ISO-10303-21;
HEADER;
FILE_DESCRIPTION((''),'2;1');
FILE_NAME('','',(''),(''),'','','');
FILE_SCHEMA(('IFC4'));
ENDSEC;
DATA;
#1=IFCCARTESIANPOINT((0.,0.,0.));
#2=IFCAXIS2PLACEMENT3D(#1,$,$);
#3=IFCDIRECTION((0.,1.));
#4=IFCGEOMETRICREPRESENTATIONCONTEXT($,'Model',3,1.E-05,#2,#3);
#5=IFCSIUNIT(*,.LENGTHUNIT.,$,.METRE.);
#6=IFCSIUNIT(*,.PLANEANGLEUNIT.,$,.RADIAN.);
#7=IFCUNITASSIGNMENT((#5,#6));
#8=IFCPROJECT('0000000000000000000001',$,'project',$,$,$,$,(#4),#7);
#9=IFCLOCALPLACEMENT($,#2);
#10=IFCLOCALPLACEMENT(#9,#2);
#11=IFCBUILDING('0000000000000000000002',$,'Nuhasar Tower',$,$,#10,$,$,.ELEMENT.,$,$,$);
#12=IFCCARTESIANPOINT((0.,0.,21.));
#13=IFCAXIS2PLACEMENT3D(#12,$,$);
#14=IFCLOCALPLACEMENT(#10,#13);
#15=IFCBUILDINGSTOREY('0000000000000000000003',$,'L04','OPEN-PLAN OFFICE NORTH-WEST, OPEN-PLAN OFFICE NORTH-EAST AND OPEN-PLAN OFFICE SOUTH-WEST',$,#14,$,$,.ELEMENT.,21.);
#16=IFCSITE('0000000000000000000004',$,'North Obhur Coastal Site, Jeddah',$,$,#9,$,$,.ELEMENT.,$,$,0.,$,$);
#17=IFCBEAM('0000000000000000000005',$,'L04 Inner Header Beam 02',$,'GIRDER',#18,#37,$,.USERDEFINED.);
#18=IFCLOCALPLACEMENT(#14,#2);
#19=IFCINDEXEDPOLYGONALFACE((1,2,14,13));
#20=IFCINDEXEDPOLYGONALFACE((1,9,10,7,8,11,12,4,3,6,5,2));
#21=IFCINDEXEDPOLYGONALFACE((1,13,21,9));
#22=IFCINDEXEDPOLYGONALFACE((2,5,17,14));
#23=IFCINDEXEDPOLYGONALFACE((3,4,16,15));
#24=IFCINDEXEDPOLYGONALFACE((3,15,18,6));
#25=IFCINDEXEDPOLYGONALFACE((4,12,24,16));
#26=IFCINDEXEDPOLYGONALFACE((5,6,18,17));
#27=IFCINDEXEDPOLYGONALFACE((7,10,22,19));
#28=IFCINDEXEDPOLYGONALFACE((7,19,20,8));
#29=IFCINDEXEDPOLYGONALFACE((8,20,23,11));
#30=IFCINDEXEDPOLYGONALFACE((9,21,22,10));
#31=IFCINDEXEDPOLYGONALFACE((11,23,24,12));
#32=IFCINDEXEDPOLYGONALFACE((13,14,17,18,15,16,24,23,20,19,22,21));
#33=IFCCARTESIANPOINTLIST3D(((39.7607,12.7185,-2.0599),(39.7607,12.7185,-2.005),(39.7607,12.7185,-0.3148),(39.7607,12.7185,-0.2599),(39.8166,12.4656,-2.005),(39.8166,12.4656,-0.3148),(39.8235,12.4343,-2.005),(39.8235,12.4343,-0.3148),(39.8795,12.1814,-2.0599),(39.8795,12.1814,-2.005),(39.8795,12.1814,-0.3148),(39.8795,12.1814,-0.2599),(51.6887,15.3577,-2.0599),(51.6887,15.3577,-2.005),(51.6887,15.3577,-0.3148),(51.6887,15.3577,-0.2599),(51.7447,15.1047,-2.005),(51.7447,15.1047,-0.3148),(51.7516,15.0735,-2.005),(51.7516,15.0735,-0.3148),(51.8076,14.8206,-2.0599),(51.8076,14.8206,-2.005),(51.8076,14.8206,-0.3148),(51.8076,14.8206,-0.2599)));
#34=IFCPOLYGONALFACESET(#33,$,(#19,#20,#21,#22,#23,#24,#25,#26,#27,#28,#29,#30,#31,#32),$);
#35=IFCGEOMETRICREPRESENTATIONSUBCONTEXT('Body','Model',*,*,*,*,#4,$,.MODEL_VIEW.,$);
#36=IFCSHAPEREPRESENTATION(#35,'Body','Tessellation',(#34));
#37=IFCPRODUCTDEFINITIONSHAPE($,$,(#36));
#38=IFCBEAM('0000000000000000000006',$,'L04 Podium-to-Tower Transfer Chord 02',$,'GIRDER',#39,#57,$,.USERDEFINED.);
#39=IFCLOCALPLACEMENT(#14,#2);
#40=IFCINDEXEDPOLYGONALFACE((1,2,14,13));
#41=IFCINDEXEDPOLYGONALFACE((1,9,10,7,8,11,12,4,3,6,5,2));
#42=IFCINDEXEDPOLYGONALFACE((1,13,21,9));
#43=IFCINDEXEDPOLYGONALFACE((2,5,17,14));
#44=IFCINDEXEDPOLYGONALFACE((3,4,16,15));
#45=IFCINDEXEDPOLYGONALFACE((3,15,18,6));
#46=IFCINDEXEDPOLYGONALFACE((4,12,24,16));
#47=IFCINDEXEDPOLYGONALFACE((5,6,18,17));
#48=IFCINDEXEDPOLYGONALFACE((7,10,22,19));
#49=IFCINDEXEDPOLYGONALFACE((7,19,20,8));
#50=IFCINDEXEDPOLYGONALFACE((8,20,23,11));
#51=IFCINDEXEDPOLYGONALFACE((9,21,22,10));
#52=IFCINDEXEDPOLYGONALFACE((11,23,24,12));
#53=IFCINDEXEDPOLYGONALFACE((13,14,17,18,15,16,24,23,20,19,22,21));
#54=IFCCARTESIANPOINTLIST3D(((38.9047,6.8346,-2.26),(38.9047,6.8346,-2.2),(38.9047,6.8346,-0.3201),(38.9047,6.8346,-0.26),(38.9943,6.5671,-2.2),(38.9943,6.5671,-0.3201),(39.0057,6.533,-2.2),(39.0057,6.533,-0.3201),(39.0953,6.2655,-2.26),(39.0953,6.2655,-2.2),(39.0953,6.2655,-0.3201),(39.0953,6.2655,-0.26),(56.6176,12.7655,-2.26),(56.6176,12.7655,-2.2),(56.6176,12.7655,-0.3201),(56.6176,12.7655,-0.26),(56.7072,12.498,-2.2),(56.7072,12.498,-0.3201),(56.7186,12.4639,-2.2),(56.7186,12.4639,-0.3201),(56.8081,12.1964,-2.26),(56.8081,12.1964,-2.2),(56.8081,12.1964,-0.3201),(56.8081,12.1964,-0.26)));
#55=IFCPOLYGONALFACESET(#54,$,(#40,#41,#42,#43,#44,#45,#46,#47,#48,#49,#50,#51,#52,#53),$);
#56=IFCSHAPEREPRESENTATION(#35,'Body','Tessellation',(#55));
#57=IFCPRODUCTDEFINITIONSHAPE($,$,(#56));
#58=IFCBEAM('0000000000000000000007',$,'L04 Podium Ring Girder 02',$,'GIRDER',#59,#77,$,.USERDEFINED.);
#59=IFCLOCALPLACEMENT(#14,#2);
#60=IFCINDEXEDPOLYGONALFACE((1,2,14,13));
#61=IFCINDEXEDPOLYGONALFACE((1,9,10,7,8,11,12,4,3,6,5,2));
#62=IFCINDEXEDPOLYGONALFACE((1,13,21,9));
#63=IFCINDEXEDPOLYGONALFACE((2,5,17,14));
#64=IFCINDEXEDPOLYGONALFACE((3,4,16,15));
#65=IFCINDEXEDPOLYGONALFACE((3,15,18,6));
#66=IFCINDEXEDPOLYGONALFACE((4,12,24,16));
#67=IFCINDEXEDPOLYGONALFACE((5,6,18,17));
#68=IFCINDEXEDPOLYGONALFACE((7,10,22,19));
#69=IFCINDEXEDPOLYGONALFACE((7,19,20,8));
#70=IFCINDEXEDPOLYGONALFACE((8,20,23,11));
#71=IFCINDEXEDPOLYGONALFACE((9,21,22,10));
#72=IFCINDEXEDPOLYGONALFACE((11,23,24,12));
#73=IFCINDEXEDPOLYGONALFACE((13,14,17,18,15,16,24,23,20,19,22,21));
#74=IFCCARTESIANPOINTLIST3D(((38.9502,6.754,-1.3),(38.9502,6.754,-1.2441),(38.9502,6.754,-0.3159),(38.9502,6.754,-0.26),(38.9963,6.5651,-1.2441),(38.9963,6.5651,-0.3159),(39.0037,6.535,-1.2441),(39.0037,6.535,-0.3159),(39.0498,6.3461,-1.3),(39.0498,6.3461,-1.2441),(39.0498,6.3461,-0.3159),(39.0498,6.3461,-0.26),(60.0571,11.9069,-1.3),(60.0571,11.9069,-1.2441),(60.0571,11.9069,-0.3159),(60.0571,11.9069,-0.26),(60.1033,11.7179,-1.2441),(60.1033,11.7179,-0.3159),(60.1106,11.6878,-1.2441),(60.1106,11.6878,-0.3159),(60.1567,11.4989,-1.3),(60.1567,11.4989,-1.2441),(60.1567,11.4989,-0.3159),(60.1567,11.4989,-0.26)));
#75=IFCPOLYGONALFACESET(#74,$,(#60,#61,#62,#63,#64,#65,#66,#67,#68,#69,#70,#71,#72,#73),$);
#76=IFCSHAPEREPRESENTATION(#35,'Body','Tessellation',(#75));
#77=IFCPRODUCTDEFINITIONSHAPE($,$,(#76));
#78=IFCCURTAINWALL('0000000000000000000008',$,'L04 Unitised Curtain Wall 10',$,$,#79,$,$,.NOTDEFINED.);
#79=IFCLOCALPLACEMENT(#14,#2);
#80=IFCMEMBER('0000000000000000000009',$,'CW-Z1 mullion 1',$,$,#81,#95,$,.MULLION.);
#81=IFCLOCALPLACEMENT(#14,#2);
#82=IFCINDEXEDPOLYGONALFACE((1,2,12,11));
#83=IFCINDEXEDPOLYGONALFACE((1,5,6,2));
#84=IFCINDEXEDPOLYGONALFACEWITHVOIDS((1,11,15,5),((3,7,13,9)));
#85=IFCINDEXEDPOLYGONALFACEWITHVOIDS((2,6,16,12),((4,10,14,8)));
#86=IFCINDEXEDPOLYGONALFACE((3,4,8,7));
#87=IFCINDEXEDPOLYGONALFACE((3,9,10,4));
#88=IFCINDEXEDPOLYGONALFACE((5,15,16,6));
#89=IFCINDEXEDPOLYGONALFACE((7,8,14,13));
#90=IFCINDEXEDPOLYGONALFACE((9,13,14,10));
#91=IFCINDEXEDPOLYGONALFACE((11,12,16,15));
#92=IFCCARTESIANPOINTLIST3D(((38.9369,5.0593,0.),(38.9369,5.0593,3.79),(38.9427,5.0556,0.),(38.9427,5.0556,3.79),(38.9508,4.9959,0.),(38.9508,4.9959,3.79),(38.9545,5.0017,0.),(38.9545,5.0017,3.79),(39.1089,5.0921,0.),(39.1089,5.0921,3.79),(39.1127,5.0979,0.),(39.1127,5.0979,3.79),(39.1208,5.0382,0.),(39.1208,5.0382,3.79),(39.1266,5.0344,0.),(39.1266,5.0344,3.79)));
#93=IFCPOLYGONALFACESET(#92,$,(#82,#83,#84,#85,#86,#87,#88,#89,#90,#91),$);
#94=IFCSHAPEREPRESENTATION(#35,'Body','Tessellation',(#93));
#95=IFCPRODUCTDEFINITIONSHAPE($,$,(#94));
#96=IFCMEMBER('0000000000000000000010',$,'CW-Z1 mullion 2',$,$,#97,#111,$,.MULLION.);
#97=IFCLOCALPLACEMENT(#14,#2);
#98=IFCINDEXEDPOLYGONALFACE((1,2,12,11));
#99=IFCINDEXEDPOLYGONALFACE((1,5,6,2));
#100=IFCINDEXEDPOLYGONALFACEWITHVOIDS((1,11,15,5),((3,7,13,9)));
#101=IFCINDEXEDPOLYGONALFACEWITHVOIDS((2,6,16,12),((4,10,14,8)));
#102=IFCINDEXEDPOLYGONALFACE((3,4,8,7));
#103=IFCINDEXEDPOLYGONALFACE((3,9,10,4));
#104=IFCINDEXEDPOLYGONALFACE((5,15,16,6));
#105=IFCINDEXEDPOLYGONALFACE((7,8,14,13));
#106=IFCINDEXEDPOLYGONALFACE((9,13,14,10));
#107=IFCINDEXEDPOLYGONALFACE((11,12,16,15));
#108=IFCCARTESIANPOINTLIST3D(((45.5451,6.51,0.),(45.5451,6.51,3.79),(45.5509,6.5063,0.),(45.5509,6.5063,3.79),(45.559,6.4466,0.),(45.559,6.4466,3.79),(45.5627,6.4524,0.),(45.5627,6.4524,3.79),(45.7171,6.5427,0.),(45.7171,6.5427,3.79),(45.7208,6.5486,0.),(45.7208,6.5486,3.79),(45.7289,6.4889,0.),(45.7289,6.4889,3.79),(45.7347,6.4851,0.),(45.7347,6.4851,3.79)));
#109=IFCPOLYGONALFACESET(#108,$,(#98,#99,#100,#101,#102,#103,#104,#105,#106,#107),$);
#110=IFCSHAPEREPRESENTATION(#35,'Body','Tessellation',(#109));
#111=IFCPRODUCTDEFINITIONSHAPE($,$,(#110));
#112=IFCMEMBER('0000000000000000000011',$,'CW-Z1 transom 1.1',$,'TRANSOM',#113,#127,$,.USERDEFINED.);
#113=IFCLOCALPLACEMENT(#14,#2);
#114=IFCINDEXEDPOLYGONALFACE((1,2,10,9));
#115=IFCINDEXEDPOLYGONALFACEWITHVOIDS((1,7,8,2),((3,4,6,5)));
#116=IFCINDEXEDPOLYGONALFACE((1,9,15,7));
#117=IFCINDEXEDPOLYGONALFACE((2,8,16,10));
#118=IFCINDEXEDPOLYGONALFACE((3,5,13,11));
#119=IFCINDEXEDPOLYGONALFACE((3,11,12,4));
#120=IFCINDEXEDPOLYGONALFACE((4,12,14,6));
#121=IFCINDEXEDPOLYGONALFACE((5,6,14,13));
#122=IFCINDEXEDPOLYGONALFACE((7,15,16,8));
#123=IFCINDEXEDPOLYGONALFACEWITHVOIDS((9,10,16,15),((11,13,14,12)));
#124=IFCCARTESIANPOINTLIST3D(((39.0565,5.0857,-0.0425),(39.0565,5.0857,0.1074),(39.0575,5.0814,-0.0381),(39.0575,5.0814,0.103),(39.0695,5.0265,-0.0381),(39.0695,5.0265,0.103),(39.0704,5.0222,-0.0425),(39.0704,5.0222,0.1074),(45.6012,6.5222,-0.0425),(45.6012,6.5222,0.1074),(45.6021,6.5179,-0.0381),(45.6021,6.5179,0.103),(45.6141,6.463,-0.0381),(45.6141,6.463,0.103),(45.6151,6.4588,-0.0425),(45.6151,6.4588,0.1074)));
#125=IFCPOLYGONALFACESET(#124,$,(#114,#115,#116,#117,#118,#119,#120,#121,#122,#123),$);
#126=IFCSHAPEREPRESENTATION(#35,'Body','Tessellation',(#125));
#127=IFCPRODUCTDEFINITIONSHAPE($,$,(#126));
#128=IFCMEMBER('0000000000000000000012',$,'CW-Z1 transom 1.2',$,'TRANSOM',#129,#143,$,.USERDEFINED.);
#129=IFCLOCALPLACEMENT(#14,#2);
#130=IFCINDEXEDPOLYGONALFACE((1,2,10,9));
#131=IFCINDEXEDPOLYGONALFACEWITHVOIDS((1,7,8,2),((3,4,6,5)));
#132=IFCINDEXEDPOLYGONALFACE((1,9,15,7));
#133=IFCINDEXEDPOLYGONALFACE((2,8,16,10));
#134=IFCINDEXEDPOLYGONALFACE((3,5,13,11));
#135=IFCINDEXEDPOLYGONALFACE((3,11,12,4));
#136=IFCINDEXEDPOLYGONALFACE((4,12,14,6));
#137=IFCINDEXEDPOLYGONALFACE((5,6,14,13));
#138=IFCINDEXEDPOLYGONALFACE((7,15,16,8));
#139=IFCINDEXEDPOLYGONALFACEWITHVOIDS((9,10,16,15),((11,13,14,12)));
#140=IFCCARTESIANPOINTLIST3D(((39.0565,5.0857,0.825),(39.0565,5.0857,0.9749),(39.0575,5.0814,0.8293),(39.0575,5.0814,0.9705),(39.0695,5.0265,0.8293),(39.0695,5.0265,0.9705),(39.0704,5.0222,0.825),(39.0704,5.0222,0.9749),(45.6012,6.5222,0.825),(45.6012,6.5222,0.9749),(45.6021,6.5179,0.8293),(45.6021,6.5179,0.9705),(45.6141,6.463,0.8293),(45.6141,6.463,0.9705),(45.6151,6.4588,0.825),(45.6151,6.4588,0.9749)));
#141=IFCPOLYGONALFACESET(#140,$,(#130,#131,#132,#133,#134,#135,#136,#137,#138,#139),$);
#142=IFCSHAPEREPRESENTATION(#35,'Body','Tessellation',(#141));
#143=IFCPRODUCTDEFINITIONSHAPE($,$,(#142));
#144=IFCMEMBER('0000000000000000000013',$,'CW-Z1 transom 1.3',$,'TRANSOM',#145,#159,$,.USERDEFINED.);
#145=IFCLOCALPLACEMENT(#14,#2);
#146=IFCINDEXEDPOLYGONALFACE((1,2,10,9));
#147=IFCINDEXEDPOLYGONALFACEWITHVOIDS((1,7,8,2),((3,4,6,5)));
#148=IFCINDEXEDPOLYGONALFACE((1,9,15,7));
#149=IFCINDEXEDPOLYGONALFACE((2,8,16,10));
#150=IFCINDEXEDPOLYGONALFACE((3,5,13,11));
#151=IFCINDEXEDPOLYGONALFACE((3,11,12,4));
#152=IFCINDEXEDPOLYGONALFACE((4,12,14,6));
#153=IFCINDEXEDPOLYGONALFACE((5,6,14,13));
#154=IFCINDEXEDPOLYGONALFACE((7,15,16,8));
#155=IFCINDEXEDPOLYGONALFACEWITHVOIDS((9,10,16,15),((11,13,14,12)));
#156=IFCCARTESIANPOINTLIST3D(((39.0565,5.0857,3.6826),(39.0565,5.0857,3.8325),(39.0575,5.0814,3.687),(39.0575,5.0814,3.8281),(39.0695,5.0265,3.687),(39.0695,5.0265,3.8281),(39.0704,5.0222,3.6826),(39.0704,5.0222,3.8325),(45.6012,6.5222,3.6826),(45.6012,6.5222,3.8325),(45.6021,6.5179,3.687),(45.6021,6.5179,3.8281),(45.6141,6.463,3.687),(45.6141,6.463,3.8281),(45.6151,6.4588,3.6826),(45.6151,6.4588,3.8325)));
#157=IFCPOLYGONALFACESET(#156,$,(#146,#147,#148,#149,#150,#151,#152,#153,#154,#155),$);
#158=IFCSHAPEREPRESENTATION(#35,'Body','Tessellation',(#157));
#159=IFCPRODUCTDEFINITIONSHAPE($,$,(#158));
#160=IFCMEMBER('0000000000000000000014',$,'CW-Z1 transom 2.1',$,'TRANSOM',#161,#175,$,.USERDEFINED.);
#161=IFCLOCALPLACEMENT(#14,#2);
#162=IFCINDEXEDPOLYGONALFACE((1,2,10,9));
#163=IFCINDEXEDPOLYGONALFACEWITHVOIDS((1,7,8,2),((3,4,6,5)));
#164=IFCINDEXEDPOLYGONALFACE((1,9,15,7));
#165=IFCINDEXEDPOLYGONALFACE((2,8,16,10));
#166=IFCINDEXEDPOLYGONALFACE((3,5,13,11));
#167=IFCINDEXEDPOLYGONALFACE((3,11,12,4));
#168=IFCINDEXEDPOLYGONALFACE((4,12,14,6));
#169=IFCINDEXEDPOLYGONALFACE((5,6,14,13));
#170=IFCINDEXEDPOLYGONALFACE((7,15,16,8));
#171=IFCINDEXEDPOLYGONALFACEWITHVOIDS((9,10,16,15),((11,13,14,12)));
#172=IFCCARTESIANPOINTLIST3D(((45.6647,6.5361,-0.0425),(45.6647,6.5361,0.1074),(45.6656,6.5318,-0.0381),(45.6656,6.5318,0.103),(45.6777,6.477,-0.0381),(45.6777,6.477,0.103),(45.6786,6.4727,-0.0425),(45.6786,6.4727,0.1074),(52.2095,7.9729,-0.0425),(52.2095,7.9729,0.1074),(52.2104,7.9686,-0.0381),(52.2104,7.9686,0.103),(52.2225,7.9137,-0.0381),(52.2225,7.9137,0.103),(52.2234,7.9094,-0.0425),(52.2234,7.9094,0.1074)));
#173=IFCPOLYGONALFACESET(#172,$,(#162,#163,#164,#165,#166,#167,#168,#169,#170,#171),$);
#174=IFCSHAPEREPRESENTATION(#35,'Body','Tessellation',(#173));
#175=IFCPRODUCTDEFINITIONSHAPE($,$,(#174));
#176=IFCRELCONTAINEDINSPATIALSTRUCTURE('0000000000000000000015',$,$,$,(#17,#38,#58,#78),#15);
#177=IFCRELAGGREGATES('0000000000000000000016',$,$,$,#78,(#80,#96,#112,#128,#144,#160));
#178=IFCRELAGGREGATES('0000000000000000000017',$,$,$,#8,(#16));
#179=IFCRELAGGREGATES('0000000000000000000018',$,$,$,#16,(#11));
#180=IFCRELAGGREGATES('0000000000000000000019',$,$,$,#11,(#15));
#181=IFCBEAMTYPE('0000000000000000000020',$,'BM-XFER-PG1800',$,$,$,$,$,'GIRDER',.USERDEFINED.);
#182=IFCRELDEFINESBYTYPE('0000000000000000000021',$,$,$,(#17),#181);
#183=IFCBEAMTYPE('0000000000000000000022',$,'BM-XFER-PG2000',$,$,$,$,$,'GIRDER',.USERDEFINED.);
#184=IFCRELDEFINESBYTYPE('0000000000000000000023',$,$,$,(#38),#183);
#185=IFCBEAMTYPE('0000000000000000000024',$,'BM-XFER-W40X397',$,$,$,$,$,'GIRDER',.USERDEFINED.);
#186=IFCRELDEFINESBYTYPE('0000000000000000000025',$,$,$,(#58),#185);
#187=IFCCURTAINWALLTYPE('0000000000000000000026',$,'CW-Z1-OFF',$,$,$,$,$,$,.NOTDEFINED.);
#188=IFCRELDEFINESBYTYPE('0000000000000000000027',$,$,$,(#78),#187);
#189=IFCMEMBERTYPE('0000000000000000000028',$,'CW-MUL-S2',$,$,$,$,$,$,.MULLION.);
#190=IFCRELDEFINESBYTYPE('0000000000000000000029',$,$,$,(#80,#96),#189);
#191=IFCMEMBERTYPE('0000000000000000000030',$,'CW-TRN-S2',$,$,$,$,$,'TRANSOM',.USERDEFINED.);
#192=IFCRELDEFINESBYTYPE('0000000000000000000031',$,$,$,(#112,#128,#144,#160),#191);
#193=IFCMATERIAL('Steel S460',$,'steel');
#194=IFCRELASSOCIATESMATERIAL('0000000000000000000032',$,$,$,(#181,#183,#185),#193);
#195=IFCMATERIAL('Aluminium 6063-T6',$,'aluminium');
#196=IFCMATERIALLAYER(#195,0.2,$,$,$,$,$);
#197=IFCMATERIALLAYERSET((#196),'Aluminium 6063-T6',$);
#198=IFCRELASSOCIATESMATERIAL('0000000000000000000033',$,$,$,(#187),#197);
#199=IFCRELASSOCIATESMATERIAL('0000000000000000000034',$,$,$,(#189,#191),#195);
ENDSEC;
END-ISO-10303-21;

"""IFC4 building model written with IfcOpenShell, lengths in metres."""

from ifc_helpers import new_model, si_unit, direction, frame, origin, origin_2d, place, context, subcontext, project, spatial, hollow_rectangle, i_section, extrude, material, layer, layer_set, material_profile, profile_set, type_object, element, aggregate, save


model = new_model("IFC4")

# Units and contexts
model_context = context("Model", 3, precision=1e-05, world=origin(), true_north=direction((0.0, 1.0)))
body_context = subcontext(model_context, "Body", "Model", "MODEL_VIEW")
ifc_project = project(units=[si_unit("LENGTHUNIT", "METRE"), si_unit("PLANEANGLEUNIT", "RADIAN")], contexts=[model_context])

# Site, building, storey
site_placement = place(None, origin())
site = spatial("IfcSite", under=ifc_project, at=site_placement, Name="North Obhur Coastal Site, Jeddah", CompositionType="ELEMENT", RefElevation=0.0)
building_placement = place(site_placement, origin())
building = spatial("IfcBuilding", under=site, at=building_placement, Name="Nuhasar Tower", CompositionType="ELEMENT")
storey_placement = place(building_placement, frame((0.0, 0.0, 21.0)))
storey = spatial("IfcBuildingStorey", under=building, at=storey_placement, Name="L04", Description="OPEN-PLAN OFFICE NORTH-WEST, OPEN-PLAN OFFICE NORTH-EAST AND OPEN-PLAN OFFICE SOUTH-WEST", CompositionType="ELEMENT", Elevation=21.0)

# Beams
ifc_material_1 = material(Name="Steel S460", Category="steel")
ifc_material_profile_1 = material_profile(ifc_material_1, i_section(OverallWidth=0.55, OverallDepth=1.8, WebThickness=0.032, FlangeThickness=0.0549, at=origin_2d()), Name="PG1800X550")
ifc_profile_set_1 = profile_set([ifc_material_profile_1], Name="Steel S460")
beam_type_1 = type_object("IfcBeamType", Name="BM-XFER-PG1800", ElementType="GIRDER", PredefinedType="USERDEFINED", material=ifc_profile_set_1)
beam_1_placement = place(storey_placement, frame((39.8201, 12.45, -1.1599), z_axis=(0.976386, 0.216033, 0.0), x_axis=(-0.216033, 0.976386, 0.0)))
element("IfcBeam", 1, at=beam_1_placement, inside=storey, type_object=beam_type_1, Name="L04 Inner Header Beam 02", ObjectType="GIRDER", PredefinedType="USERDEFINED", context=body_context, shape_type="SweptSolid", body=[
    extrude(i_section(OverallWidth=0.55, OverallDepth=1.8, WebThickness=0.032, FlangeThickness=0.0549, at=origin_2d()), origin(), (0.0, 0.0, 1.0), 12.2166),
])
ifc_material_profile_2 = material_profile(ifc_material_1, i_section(OverallWidth=0.6001, OverallDepth=2.0, WebThickness=0.0359, FlangeThickness=0.0601, at=origin_2d()), Name="PG2000X600")
ifc_profile_set_2 = profile_set([ifc_material_profile_2], Name="Steel S460")
beam_type_2 = type_object("IfcBeamType", Name="BM-XFER-PG2000", ElementType="GIRDER", PredefinedType="USERDEFINED", material=ifc_profile_set_2)
beam_2_placement = place(storey_placement, frame((39.0, 6.55, -1.26), z_axis=(0.948255, 0.31751, 0.0), x_axis=(-0.31751, 0.948255, 0.0)))
element("IfcBeam", 2, at=beam_2_placement, inside=storey, type_object=beam_type_2, Name="L04 Podium-to-Tower Transfer Chord 02", ObjectType="GIRDER", PredefinedType="USERDEFINED", context=body_context, shape_type="SweptSolid", body=[
    extrude(i_section(OverallWidth=0.6001, OverallDepth=2.0, WebThickness=0.0359, FlangeThickness=0.0601, at=origin_2d()), origin(), (0.0, 0.0, 1.0), 18.6794),
])
ifc_material_profile_3 = material_profile(ifc_material_1, i_section(OverallWidth=0.4199, OverallDepth=1.04, WebThickness=0.031, FlangeThickness=0.0559, at=origin_2d()), Name="W40X397")
ifc_profile_set_3 = profile_set([ifc_material_profile_3], Name="Steel S460")
beam_type_3 = type_object("IfcBeamType", Name="BM-XFER-W40X397", ElementType="GIRDER", PredefinedType="USERDEFINED", material=ifc_profile_set_3)
beam_3_placement = place(storey_placement, frame((39.0, 6.55, -0.78), z_axis=(0.971469, 0.237165, 0.0), x_axis=(-0.237165, 0.971469, 0.0)))
element("IfcBeam", 3, at=beam_3_placement, inside=storey, type_object=beam_type_3, Name="L04 Podium Ring Girder 02", ObjectType="GIRDER", PredefinedType="USERDEFINED", context=body_context, shape_type="SweptSolid", body=[
    extrude(i_section(OverallWidth=0.4199, OverallDepth=1.04, WebThickness=0.031, FlangeThickness=0.0559, at=origin_2d()), origin(), (0.0, 0.0, 1.0), 21.7268),
])

# Curtain wall, members
ifc_material_2 = material(Name="Aluminium 6063-T6", Category="aluminium")
ifc_layer_1 = layer(ifc_material_2, 0.2)
ifc_layer_set_1 = layer_set([ifc_layer_1], Name="Aluminium 6063-T6")
curtain_wall_type = type_object("IfcCurtainWallType", Name="CW-Z1-OFF", PredefinedType="NOTDEFINED", material=ifc_layer_set_1)
curtain_wall_placement = place(storey_placement, origin())
curtain_wall = element("IfcCurtainWall", 4, at=curtain_wall_placement, inside=storey, type_object=curtain_wall_type, Name="L04 Unitised Curtain Wall 10", PredefinedType="NOTDEFINED")
ifc_material_profile_4 = material_profile(ifc_material_2, hollow_rectangle(XDim=0.0649, YDim=0.1799, WallThickness=0.0049, at=origin_2d()), Name="CWM-2")
ifc_profile_set_4 = profile_set([ifc_material_profile_4], Name="Aluminium 6063-T6")
member_type_1 = type_object("IfcMemberType", Name="CW-MUL-S2", PredefinedType="MULLION", material=ifc_profile_set_4)
member_1_placement = place(storey_placement, frame((39.0317, 5.0469, 0.0), z_axis=(0.0, 0.0, 1.0), x_axis=(-0.214399, 0.976746, 0.0)))
member_1 = element("IfcMember", 5, at=member_1_placement, type_object=member_type_1, Name="CW-Z1 mullion 1", PredefinedType="MULLION", context=body_context, shape_type="SweptSolid", body=[
    extrude(hollow_rectangle(XDim=0.0649, YDim=0.1799, WallThickness=0.0049, at=origin_2d()), origin(), (0.0, 0.0, 1.0), 3.79),
])
member_2_placement = place(storey_placement, frame((45.6399, 6.4976, 0.0), z_axis=(0.0, 0.0, 1.0), x_axis=(-0.214399, 0.976746, 0.0)))
member_2 = element("IfcMember", 6, at=member_2_placement, type_object=member_type_1, Name="CW-Z1 mullion 2", PredefinedType="MULLION", context=body_context, shape_type="SweptSolid", body=[
    extrude(hollow_rectangle(XDim=0.0649, YDim=0.1799, WallThickness=0.0049, at=origin_2d()), origin(), (0.0, 0.0, 1.0), 3.79),
])
ifc_material_profile_5 = material_profile(ifc_material_2, hollow_rectangle(XDim=0.0649, YDim=0.1499, WallThickness=0.0044, at=origin_2d()), Name="CWT-2")
ifc_profile_set_5 = profile_set([ifc_material_profile_5], Name="Aluminium 6063-T6")
member_type_2 = type_object("IfcMemberType", Name="CW-TRN-S2", ElementType="TRANSOM", PredefinedType="USERDEFINED", material=ifc_profile_set_5)
member_3_placement = place(storey_placement, frame((39.0635, 5.054, 0.0325), z_axis=(0.976748, 0.214391, 0.0), x_axis=(-0.214391, 0.976748, 0.0)))
member_3 = element("IfcMember", 7, at=member_3_placement, type_object=member_type_2, Name="CW-Z1 transom 1.1", ObjectType="TRANSOM", PredefinedType="USERDEFINED", context=body_context, shape_type="SweptSolid", body=[
    extrude(hollow_rectangle(XDim=0.0649, YDim=0.1499, WallThickness=0.0044, at=origin_2d()), origin(), (0.0, 0.0, 1.0), 6.7004),
])
member_4_placement = place(storey_placement, frame((39.0635, 5.054, 0.8999), z_axis=(0.976748, 0.214391, 0.0), x_axis=(-0.214391, 0.976748, 0.0)))
member_4 = element("IfcMember", 8, at=member_4_placement, type_object=member_type_2, Name="CW-Z1 transom 1.2", ObjectType="TRANSOM", PredefinedType="USERDEFINED", context=body_context, shape_type="SweptSolid", body=[
    extrude(hollow_rectangle(XDim=0.0649, YDim=0.1499, WallThickness=0.0044, at=origin_2d()), origin(), (0.0, 0.0, 1.0), 6.7004),
])
member_5_placement = place(storey_placement, frame((39.0635, 5.054, 3.7576), z_axis=(0.976748, 0.214391, 0.0), x_axis=(-0.214391, 0.976748, 0.0)))
member_5 = element("IfcMember", 9, at=member_5_placement, type_object=member_type_2, Name="CW-Z1 transom 1.3", ObjectType="TRANSOM", PredefinedType="USERDEFINED", context=body_context, shape_type="SweptSolid", body=[
    extrude(hollow_rectangle(XDim=0.0649, YDim=0.1499, WallThickness=0.0044, at=origin_2d()), origin(), (0.0, 0.0, 1.0), 6.7004),
])
member_6_placement = place(storey_placement, frame((45.6716, 6.5044, 0.0325), z_axis=(0.976742, 0.214418, 0.0), x_axis=(-0.214418, 0.976742, 0.0)))
member_6 = element("IfcMember", 10, at=member_6_placement, type_object=member_type_2, Name="CW-Z1 transom 2.1", ObjectType="TRANSOM", PredefinedType="USERDEFINED", context=body_context, shape_type="SweptSolid", body=[
    extrude(hollow_rectangle(XDim=0.0649, YDim=0.1499, WallThickness=0.0044, at=origin_2d()), origin(), (0.0, 0.0, 1.0), 6.7007),
])

aggregate(curtain_wall, [member_1, member_2, member_3, member_4, member_5, member_6])

save(model, "model.ifc")
